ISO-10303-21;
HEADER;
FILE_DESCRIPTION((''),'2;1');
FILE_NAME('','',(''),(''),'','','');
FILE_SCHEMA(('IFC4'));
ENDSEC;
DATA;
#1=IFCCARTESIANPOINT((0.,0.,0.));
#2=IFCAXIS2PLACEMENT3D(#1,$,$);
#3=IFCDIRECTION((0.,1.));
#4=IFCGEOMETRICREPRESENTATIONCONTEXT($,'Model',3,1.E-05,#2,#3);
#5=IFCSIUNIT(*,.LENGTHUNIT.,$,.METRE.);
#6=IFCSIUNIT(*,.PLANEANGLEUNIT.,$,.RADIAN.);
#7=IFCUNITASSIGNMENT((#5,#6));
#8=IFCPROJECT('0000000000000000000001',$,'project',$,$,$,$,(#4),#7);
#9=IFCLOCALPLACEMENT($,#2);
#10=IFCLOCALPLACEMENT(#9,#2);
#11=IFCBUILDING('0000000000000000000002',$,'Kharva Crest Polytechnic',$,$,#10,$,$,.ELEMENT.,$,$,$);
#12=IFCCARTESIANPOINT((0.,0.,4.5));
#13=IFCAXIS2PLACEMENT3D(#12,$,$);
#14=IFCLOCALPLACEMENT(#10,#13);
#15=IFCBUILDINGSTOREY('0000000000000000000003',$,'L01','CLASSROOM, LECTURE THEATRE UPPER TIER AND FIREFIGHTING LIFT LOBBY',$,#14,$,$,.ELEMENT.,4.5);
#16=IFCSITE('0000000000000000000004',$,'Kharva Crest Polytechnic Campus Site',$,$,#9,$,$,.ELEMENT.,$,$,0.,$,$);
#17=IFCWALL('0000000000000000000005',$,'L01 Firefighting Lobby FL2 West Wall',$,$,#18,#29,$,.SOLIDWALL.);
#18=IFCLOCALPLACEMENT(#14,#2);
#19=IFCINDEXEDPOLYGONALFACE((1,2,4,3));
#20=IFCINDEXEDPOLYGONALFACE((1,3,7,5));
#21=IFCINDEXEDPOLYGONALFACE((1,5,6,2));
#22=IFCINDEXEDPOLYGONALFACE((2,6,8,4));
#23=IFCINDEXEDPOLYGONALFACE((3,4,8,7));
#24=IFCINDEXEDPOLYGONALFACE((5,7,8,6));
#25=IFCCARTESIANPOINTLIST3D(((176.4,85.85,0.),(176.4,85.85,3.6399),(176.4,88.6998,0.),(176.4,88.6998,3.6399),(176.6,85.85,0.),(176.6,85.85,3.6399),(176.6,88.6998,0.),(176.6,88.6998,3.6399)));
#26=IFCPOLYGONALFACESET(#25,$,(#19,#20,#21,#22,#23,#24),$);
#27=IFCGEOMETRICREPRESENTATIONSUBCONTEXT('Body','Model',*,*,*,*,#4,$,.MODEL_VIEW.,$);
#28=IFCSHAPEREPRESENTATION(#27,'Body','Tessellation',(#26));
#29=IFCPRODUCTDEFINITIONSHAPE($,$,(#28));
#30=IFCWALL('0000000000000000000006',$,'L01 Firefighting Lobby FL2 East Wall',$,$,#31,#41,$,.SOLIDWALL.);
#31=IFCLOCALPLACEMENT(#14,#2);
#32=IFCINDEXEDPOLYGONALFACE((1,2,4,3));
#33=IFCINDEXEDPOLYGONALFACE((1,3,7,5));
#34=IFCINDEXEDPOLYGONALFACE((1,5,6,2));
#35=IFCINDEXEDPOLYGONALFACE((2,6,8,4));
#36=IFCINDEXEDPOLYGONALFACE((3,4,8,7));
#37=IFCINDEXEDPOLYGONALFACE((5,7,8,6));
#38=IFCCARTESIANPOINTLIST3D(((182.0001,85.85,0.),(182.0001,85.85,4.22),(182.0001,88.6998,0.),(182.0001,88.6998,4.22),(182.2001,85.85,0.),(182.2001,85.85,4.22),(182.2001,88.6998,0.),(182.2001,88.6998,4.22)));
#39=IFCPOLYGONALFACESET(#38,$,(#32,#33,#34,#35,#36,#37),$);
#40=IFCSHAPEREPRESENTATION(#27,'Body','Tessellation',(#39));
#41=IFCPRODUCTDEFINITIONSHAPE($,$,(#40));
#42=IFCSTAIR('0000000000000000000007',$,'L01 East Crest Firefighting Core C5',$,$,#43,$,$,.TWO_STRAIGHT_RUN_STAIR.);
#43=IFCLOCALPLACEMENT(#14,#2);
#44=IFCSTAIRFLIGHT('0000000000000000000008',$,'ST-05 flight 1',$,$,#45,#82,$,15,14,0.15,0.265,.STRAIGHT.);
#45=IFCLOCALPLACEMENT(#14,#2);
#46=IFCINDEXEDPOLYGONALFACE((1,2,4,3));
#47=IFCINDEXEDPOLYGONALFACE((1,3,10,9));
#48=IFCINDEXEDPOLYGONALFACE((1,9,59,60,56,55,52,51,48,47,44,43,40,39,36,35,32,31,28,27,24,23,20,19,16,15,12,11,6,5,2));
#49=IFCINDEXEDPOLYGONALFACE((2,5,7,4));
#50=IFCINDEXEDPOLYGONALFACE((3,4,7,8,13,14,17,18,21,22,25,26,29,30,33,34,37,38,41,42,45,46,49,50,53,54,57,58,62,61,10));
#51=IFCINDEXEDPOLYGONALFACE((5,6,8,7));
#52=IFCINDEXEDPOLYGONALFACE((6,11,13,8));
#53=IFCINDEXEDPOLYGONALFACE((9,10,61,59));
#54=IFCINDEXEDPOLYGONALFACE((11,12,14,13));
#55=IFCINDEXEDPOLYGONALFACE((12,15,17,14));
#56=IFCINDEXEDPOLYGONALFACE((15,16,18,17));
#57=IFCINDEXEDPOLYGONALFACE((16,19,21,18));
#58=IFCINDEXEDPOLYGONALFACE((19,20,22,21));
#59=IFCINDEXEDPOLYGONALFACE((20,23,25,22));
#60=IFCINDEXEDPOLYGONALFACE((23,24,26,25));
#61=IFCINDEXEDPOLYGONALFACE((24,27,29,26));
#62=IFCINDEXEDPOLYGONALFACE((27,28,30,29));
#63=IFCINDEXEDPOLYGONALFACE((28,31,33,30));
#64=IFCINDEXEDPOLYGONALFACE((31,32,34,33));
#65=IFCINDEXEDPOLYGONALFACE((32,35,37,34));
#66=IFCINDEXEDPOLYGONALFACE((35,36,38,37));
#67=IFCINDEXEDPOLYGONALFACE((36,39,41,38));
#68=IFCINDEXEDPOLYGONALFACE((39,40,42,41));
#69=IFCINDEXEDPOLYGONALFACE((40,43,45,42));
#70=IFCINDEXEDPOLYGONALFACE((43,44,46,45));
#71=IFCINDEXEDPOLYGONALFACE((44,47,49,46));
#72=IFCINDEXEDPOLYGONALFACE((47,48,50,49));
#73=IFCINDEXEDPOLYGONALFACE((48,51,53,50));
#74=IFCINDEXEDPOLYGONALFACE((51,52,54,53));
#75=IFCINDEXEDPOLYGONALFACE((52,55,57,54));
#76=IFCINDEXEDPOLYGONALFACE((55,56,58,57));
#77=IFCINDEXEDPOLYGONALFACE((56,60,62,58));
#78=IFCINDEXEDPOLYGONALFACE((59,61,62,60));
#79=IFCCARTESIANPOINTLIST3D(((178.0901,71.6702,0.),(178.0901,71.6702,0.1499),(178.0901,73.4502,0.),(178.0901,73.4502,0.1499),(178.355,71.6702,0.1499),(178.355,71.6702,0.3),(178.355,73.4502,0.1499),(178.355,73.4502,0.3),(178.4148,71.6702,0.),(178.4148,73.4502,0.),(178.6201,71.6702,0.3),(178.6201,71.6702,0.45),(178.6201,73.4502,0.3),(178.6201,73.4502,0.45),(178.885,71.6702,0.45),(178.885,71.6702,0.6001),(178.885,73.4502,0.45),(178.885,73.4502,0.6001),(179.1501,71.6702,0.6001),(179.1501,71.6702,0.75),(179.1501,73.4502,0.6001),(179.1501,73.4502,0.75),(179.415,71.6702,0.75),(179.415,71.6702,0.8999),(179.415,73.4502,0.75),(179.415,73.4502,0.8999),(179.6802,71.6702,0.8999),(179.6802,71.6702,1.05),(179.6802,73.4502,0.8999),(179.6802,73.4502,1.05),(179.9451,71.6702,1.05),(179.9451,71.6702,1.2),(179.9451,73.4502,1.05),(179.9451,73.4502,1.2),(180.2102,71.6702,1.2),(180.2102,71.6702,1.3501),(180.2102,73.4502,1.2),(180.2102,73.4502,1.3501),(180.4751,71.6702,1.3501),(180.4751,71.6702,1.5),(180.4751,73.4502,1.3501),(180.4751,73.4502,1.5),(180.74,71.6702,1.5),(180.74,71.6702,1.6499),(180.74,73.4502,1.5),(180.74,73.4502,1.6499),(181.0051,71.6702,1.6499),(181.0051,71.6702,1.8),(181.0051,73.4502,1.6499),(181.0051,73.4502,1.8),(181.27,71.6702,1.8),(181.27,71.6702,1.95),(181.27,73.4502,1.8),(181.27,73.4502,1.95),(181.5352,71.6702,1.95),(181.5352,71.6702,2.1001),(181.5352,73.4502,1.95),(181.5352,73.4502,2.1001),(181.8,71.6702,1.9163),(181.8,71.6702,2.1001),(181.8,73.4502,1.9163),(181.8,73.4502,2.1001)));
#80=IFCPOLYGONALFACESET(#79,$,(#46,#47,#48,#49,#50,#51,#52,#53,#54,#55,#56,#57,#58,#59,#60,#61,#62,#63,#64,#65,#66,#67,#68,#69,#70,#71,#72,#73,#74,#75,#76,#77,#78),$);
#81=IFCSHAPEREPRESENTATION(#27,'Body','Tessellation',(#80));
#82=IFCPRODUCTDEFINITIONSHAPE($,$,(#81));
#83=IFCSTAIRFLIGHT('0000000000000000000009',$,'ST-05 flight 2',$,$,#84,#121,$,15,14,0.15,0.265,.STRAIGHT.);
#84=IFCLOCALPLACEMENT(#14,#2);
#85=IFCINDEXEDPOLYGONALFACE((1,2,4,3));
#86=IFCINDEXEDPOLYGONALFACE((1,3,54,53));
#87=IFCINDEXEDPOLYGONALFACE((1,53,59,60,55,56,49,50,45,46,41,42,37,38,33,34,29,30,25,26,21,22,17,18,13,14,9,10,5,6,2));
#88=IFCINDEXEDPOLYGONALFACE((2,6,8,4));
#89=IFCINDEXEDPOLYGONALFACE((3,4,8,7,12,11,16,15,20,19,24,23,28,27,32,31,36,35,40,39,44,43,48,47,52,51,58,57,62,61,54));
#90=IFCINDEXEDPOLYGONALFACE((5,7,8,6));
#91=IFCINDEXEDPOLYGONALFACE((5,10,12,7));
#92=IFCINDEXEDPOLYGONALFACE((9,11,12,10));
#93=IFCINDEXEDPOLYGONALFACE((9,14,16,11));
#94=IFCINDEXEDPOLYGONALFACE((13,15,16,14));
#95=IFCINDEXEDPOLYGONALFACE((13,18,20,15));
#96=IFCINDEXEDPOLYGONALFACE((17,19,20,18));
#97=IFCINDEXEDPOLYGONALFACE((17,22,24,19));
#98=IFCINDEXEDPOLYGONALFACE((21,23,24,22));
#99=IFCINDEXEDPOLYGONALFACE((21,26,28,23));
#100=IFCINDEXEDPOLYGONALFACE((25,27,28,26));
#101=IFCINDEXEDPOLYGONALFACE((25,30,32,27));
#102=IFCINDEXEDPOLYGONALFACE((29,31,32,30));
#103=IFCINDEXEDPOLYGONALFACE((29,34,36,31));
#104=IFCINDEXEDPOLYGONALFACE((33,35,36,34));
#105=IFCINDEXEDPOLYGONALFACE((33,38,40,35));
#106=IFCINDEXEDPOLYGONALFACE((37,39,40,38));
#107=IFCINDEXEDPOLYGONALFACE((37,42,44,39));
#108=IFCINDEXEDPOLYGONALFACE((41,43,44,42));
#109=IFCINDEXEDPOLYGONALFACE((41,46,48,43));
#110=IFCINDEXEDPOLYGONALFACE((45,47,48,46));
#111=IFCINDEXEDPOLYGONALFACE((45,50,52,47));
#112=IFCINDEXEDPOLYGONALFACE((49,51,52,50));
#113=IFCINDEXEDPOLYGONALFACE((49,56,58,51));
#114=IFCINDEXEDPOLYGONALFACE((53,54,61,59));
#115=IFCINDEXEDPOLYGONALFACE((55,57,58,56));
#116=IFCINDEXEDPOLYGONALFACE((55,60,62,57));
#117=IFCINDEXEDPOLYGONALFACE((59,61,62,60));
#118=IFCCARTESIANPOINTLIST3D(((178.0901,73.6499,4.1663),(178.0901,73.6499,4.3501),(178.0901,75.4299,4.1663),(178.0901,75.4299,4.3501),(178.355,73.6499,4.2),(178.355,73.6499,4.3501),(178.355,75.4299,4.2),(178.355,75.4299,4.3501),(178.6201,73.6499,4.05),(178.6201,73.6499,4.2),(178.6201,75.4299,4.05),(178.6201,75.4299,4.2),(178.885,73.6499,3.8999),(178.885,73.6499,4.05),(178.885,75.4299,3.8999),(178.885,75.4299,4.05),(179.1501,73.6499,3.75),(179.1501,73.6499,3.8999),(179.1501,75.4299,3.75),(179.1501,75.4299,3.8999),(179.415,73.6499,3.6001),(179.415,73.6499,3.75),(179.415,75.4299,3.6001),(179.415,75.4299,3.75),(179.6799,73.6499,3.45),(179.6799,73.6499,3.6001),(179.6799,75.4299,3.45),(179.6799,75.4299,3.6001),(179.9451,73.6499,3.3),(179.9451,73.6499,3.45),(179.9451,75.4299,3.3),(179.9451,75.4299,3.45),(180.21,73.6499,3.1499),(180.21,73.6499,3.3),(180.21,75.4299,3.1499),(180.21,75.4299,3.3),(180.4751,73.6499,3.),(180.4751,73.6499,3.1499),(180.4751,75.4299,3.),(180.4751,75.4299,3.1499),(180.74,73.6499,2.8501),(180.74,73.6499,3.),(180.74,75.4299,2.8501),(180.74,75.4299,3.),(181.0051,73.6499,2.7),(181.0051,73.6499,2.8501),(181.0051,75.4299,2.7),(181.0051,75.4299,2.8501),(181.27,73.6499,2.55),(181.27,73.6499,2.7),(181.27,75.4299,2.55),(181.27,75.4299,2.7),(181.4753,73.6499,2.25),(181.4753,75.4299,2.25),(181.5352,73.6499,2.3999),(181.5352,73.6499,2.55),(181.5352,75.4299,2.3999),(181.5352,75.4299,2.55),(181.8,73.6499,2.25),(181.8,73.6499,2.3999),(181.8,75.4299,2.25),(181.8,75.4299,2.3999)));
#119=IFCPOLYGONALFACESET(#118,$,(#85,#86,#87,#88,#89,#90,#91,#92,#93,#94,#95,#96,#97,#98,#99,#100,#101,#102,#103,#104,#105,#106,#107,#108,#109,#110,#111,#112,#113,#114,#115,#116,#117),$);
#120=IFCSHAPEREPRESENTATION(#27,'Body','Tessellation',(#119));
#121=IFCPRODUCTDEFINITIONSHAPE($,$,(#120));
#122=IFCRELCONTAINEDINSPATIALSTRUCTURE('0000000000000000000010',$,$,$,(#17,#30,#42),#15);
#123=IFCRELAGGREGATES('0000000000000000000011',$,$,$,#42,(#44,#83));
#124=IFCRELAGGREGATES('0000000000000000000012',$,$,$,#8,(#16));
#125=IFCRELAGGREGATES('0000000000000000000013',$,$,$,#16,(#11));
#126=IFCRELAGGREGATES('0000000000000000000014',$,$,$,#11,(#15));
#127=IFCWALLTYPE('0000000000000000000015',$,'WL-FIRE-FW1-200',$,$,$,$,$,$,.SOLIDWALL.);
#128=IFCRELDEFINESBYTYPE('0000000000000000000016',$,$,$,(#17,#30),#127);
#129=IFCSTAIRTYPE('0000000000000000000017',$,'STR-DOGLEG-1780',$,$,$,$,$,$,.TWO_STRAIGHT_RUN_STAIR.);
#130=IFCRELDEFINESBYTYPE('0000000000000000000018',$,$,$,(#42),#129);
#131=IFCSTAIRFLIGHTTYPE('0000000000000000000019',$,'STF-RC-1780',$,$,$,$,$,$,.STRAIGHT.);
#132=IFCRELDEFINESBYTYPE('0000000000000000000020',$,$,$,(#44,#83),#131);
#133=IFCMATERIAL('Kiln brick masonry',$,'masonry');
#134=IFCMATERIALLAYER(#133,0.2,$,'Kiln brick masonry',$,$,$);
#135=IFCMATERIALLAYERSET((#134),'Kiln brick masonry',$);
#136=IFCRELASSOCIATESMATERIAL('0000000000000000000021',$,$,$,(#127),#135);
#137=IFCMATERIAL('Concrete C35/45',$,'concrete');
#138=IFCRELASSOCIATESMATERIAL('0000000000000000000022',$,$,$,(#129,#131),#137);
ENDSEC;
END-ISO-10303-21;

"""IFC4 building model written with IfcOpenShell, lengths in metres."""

from ifc_helpers import new_model, si_unit, direction, frame, frame_2d, origin, place, context, subcontext, project, spatial, polyline, rectangle, outline, extrude, material, layer, layer_set, type_object, element, aggregate, save


model = new_model("IFC4")

# Units and contexts
model_context = context("Model", 3, precision=1e-05, world=origin(), true_north=direction((0.0, 1.0)))
body_context = subcontext(model_context, "Body", "Model", "MODEL_VIEW")
ifc_project = project(units=[si_unit("LENGTHUNIT", "METRE"), si_unit("PLANEANGLEUNIT", "RADIAN")], contexts=[model_context])

# Site, building, storey
site_placement = place(None, origin())
site = spatial("IfcSite", under=ifc_project, at=site_placement, Name="Kharva Crest Polytechnic Campus Site", CompositionType="ELEMENT", RefElevation=0.0)
building_placement = place(site_placement, origin())
building = spatial("IfcBuilding", under=site, at=building_placement, Name="Kharva Crest Polytechnic", CompositionType="ELEMENT")
storey_placement = place(building_placement, frame((0.0, 0.0, 4.5)))
storey = spatial("IfcBuildingStorey", under=building, at=storey_placement, Name="L01", Description="CLASSROOM, LECTURE THEATRE UPPER TIER AND FIREFIGHTING LIFT LOBBY", CompositionType="ELEMENT", Elevation=4.5)

# Shared definitions
ifc_material_1 = material(Name="Concrete C35/45", Category="concrete")

# Shared definitions
ifc_material_2 = material(Name="Kiln brick masonry", Category="masonry")
ifc_layer_1 = layer(ifc_material_2, 0.2, Name="Kiln brick masonry")
ifc_layer_set_1 = layer_set([ifc_layer_1], Name="Kiln brick masonry")
wall_type_1 = type_object("IfcWallType", Name="WL-FIRE-FW1-200", PredefinedType="SOLIDWALL", material=ifc_layer_set_1)

# Walls
wall_1_placement = place(storey_placement, frame((176.5, 85.8501, 0.0), z_axis=(0.0, 0.0, 1.0), x_axis=(0.0, 1.0, 0.0)))
element("IfcWall", 1, at=wall_1_placement, inside=storey, type_object=wall_type_1, Name="L01 Firefighting Lobby FL2 West Wall", PredefinedType="SOLIDWALL", context=body_context, shape_type="SweptSolid", body=[
    extrude(rectangle(XDim=2.8499, YDim=0.2, at=frame_2d((1.4248, 0.0))), origin(), (0.0, 0.0, 1.0), 3.6399),
])
wall_2_placement = place(storey_placement, frame((182.1001, 85.8501, 0.0), z_axis=(0.0, 0.0, 1.0), x_axis=(0.0, 1.0, 0.0)))
element("IfcWall", 2, at=wall_2_placement, inside=storey, type_object=wall_type_1, Name="L01 Firefighting Lobby FL2 East Wall", PredefinedType="SOLIDWALL", context=body_context, shape_type="SweptSolid", body=[
    extrude(rectangle(XDim=2.8499, YDim=0.2, at=frame_2d((1.4248, 0.0))), origin(), (0.0, 0.0, 1.0), 4.22),
])

# Stair, stair flights
stair_type = type_object("IfcStairType", Name="STR-DOGLEG-1780", PredefinedType="TWO_STRAIGHT_RUN_STAIR", material=ifc_material_1)
stair_placement = place(storey_placement, origin())
stair = element("IfcStair", 3, at=stair_placement, inside=storey, type_object=stair_type, Name="L01 East Crest Firefighting Core C5", PredefinedType="TWO_STRAIGHT_RUN_STAIR")
stair_flight_type = type_object("IfcStairFlightType", Name="STF-RC-1780", PredefinedType="STRAIGHT", material=ifc_material_1)
stair_flight_1_placement = place(storey_placement, frame((178.0901, 72.5601, 0.0), z_axis=(0.0, 0.0, 1.0), x_axis=(1.0, 0.0, 0.0)))
stair_flight_1 = element("IfcStairFlight", 4, at=stair_flight_1_placement, type_object=stair_flight_type, Name="ST-05 flight 1", NumberOfRisers=15, NumberOfTreads=14, PredefinedType="STRAIGHT", RiserHeight=0.15, TreadLength=0.265, context=body_context, shape_type="SweptSolid", body=[
    extrude(outline(polyline([(0.0, 0.0), (0.0, 0.1499), (0.2649, 0.1499), (0.2649, 0.3), (0.53, 0.3), (0.53, 0.45), (0.7949, 0.45), (0.7949, 0.6001), (1.0601, 0.6001), (1.0601, 0.75), (1.325, 0.75), (1.325, 0.8999), (1.5901, 0.8999), (1.5901, 1.05), (1.855, 1.05), (1.855, 1.2), (2.1201, 1.2), (2.1201, 1.3501), (2.385, 1.3501), (2.385, 1.5), (2.6499, 1.5), (2.6499, 1.6499), (2.915, 1.6499), (2.915, 1.8), (3.1799, 1.8), (3.1799, 1.95), (3.4451, 1.95), (3.4451, 2.1001), (3.71, 2.1001), (3.71, 2.25), (3.71, 1.9163), (0.3247, 0.0), (0.0, 0.0)])), frame((0.0, 0.8901, 0.0), z_axis=(0.0, -1.0, 0.0), x_axis=(1.0, 0.0, 0.0)), (0.0, 0.0, 1.0), 1.78),
])
stair_flight_2_placement = place(storey_placement, frame((181.8, 74.54, 2.25), z_axis=(0.0, 0.0, 1.0), x_axis=(-1.0, 0.0, 0.0)))
stair_flight_2 = element("IfcStairFlight", 5, at=stair_flight_2_placement, type_object=stair_flight_type, Name="ST-05 flight 2", NumberOfRisers=15, NumberOfTreads=14, PredefinedType="STRAIGHT", RiserHeight=0.15, TreadLength=0.265, context=body_context, shape_type="SweptSolid", body=[
    extrude(outline(polyline([(0.0, 0.0), (0.0, 0.1499), (0.2649, 0.1499), (0.2649, 0.3), (0.53, 0.3), (0.53, 0.45), (0.7949, 0.45), (0.7949, 0.6001), (1.0601, 0.6001), (1.0601, 0.75), (1.325, 0.75), (1.325, 0.8999), (1.5901, 0.8999), (1.5901, 1.05), (1.855, 1.05), (1.855, 1.2), (2.1201, 1.2), (2.1201, 1.3501), (2.385, 1.3501), (2.385, 1.5), (2.6499, 1.5), (2.6499, 1.6499), (2.915, 1.6499), (2.915, 1.8), (3.1799, 1.8), (3.1799, 1.95), (3.4451, 1.95), (3.4451, 2.1001), (3.71, 2.1001), (3.71, 2.25), (3.71, 1.9163), (0.3247, 0.0), (0.0, 0.0)])), frame((0.0, 0.8901, 0.0), z_axis=(0.0, -1.0, 0.0), x_axis=(1.0, 0.0, 0.0)), (0.0, 0.0, 1.0), 1.78),
])
aggregate(stair, [stair_flight_1, stair_flight_2])

save(model, "model.ifc")
